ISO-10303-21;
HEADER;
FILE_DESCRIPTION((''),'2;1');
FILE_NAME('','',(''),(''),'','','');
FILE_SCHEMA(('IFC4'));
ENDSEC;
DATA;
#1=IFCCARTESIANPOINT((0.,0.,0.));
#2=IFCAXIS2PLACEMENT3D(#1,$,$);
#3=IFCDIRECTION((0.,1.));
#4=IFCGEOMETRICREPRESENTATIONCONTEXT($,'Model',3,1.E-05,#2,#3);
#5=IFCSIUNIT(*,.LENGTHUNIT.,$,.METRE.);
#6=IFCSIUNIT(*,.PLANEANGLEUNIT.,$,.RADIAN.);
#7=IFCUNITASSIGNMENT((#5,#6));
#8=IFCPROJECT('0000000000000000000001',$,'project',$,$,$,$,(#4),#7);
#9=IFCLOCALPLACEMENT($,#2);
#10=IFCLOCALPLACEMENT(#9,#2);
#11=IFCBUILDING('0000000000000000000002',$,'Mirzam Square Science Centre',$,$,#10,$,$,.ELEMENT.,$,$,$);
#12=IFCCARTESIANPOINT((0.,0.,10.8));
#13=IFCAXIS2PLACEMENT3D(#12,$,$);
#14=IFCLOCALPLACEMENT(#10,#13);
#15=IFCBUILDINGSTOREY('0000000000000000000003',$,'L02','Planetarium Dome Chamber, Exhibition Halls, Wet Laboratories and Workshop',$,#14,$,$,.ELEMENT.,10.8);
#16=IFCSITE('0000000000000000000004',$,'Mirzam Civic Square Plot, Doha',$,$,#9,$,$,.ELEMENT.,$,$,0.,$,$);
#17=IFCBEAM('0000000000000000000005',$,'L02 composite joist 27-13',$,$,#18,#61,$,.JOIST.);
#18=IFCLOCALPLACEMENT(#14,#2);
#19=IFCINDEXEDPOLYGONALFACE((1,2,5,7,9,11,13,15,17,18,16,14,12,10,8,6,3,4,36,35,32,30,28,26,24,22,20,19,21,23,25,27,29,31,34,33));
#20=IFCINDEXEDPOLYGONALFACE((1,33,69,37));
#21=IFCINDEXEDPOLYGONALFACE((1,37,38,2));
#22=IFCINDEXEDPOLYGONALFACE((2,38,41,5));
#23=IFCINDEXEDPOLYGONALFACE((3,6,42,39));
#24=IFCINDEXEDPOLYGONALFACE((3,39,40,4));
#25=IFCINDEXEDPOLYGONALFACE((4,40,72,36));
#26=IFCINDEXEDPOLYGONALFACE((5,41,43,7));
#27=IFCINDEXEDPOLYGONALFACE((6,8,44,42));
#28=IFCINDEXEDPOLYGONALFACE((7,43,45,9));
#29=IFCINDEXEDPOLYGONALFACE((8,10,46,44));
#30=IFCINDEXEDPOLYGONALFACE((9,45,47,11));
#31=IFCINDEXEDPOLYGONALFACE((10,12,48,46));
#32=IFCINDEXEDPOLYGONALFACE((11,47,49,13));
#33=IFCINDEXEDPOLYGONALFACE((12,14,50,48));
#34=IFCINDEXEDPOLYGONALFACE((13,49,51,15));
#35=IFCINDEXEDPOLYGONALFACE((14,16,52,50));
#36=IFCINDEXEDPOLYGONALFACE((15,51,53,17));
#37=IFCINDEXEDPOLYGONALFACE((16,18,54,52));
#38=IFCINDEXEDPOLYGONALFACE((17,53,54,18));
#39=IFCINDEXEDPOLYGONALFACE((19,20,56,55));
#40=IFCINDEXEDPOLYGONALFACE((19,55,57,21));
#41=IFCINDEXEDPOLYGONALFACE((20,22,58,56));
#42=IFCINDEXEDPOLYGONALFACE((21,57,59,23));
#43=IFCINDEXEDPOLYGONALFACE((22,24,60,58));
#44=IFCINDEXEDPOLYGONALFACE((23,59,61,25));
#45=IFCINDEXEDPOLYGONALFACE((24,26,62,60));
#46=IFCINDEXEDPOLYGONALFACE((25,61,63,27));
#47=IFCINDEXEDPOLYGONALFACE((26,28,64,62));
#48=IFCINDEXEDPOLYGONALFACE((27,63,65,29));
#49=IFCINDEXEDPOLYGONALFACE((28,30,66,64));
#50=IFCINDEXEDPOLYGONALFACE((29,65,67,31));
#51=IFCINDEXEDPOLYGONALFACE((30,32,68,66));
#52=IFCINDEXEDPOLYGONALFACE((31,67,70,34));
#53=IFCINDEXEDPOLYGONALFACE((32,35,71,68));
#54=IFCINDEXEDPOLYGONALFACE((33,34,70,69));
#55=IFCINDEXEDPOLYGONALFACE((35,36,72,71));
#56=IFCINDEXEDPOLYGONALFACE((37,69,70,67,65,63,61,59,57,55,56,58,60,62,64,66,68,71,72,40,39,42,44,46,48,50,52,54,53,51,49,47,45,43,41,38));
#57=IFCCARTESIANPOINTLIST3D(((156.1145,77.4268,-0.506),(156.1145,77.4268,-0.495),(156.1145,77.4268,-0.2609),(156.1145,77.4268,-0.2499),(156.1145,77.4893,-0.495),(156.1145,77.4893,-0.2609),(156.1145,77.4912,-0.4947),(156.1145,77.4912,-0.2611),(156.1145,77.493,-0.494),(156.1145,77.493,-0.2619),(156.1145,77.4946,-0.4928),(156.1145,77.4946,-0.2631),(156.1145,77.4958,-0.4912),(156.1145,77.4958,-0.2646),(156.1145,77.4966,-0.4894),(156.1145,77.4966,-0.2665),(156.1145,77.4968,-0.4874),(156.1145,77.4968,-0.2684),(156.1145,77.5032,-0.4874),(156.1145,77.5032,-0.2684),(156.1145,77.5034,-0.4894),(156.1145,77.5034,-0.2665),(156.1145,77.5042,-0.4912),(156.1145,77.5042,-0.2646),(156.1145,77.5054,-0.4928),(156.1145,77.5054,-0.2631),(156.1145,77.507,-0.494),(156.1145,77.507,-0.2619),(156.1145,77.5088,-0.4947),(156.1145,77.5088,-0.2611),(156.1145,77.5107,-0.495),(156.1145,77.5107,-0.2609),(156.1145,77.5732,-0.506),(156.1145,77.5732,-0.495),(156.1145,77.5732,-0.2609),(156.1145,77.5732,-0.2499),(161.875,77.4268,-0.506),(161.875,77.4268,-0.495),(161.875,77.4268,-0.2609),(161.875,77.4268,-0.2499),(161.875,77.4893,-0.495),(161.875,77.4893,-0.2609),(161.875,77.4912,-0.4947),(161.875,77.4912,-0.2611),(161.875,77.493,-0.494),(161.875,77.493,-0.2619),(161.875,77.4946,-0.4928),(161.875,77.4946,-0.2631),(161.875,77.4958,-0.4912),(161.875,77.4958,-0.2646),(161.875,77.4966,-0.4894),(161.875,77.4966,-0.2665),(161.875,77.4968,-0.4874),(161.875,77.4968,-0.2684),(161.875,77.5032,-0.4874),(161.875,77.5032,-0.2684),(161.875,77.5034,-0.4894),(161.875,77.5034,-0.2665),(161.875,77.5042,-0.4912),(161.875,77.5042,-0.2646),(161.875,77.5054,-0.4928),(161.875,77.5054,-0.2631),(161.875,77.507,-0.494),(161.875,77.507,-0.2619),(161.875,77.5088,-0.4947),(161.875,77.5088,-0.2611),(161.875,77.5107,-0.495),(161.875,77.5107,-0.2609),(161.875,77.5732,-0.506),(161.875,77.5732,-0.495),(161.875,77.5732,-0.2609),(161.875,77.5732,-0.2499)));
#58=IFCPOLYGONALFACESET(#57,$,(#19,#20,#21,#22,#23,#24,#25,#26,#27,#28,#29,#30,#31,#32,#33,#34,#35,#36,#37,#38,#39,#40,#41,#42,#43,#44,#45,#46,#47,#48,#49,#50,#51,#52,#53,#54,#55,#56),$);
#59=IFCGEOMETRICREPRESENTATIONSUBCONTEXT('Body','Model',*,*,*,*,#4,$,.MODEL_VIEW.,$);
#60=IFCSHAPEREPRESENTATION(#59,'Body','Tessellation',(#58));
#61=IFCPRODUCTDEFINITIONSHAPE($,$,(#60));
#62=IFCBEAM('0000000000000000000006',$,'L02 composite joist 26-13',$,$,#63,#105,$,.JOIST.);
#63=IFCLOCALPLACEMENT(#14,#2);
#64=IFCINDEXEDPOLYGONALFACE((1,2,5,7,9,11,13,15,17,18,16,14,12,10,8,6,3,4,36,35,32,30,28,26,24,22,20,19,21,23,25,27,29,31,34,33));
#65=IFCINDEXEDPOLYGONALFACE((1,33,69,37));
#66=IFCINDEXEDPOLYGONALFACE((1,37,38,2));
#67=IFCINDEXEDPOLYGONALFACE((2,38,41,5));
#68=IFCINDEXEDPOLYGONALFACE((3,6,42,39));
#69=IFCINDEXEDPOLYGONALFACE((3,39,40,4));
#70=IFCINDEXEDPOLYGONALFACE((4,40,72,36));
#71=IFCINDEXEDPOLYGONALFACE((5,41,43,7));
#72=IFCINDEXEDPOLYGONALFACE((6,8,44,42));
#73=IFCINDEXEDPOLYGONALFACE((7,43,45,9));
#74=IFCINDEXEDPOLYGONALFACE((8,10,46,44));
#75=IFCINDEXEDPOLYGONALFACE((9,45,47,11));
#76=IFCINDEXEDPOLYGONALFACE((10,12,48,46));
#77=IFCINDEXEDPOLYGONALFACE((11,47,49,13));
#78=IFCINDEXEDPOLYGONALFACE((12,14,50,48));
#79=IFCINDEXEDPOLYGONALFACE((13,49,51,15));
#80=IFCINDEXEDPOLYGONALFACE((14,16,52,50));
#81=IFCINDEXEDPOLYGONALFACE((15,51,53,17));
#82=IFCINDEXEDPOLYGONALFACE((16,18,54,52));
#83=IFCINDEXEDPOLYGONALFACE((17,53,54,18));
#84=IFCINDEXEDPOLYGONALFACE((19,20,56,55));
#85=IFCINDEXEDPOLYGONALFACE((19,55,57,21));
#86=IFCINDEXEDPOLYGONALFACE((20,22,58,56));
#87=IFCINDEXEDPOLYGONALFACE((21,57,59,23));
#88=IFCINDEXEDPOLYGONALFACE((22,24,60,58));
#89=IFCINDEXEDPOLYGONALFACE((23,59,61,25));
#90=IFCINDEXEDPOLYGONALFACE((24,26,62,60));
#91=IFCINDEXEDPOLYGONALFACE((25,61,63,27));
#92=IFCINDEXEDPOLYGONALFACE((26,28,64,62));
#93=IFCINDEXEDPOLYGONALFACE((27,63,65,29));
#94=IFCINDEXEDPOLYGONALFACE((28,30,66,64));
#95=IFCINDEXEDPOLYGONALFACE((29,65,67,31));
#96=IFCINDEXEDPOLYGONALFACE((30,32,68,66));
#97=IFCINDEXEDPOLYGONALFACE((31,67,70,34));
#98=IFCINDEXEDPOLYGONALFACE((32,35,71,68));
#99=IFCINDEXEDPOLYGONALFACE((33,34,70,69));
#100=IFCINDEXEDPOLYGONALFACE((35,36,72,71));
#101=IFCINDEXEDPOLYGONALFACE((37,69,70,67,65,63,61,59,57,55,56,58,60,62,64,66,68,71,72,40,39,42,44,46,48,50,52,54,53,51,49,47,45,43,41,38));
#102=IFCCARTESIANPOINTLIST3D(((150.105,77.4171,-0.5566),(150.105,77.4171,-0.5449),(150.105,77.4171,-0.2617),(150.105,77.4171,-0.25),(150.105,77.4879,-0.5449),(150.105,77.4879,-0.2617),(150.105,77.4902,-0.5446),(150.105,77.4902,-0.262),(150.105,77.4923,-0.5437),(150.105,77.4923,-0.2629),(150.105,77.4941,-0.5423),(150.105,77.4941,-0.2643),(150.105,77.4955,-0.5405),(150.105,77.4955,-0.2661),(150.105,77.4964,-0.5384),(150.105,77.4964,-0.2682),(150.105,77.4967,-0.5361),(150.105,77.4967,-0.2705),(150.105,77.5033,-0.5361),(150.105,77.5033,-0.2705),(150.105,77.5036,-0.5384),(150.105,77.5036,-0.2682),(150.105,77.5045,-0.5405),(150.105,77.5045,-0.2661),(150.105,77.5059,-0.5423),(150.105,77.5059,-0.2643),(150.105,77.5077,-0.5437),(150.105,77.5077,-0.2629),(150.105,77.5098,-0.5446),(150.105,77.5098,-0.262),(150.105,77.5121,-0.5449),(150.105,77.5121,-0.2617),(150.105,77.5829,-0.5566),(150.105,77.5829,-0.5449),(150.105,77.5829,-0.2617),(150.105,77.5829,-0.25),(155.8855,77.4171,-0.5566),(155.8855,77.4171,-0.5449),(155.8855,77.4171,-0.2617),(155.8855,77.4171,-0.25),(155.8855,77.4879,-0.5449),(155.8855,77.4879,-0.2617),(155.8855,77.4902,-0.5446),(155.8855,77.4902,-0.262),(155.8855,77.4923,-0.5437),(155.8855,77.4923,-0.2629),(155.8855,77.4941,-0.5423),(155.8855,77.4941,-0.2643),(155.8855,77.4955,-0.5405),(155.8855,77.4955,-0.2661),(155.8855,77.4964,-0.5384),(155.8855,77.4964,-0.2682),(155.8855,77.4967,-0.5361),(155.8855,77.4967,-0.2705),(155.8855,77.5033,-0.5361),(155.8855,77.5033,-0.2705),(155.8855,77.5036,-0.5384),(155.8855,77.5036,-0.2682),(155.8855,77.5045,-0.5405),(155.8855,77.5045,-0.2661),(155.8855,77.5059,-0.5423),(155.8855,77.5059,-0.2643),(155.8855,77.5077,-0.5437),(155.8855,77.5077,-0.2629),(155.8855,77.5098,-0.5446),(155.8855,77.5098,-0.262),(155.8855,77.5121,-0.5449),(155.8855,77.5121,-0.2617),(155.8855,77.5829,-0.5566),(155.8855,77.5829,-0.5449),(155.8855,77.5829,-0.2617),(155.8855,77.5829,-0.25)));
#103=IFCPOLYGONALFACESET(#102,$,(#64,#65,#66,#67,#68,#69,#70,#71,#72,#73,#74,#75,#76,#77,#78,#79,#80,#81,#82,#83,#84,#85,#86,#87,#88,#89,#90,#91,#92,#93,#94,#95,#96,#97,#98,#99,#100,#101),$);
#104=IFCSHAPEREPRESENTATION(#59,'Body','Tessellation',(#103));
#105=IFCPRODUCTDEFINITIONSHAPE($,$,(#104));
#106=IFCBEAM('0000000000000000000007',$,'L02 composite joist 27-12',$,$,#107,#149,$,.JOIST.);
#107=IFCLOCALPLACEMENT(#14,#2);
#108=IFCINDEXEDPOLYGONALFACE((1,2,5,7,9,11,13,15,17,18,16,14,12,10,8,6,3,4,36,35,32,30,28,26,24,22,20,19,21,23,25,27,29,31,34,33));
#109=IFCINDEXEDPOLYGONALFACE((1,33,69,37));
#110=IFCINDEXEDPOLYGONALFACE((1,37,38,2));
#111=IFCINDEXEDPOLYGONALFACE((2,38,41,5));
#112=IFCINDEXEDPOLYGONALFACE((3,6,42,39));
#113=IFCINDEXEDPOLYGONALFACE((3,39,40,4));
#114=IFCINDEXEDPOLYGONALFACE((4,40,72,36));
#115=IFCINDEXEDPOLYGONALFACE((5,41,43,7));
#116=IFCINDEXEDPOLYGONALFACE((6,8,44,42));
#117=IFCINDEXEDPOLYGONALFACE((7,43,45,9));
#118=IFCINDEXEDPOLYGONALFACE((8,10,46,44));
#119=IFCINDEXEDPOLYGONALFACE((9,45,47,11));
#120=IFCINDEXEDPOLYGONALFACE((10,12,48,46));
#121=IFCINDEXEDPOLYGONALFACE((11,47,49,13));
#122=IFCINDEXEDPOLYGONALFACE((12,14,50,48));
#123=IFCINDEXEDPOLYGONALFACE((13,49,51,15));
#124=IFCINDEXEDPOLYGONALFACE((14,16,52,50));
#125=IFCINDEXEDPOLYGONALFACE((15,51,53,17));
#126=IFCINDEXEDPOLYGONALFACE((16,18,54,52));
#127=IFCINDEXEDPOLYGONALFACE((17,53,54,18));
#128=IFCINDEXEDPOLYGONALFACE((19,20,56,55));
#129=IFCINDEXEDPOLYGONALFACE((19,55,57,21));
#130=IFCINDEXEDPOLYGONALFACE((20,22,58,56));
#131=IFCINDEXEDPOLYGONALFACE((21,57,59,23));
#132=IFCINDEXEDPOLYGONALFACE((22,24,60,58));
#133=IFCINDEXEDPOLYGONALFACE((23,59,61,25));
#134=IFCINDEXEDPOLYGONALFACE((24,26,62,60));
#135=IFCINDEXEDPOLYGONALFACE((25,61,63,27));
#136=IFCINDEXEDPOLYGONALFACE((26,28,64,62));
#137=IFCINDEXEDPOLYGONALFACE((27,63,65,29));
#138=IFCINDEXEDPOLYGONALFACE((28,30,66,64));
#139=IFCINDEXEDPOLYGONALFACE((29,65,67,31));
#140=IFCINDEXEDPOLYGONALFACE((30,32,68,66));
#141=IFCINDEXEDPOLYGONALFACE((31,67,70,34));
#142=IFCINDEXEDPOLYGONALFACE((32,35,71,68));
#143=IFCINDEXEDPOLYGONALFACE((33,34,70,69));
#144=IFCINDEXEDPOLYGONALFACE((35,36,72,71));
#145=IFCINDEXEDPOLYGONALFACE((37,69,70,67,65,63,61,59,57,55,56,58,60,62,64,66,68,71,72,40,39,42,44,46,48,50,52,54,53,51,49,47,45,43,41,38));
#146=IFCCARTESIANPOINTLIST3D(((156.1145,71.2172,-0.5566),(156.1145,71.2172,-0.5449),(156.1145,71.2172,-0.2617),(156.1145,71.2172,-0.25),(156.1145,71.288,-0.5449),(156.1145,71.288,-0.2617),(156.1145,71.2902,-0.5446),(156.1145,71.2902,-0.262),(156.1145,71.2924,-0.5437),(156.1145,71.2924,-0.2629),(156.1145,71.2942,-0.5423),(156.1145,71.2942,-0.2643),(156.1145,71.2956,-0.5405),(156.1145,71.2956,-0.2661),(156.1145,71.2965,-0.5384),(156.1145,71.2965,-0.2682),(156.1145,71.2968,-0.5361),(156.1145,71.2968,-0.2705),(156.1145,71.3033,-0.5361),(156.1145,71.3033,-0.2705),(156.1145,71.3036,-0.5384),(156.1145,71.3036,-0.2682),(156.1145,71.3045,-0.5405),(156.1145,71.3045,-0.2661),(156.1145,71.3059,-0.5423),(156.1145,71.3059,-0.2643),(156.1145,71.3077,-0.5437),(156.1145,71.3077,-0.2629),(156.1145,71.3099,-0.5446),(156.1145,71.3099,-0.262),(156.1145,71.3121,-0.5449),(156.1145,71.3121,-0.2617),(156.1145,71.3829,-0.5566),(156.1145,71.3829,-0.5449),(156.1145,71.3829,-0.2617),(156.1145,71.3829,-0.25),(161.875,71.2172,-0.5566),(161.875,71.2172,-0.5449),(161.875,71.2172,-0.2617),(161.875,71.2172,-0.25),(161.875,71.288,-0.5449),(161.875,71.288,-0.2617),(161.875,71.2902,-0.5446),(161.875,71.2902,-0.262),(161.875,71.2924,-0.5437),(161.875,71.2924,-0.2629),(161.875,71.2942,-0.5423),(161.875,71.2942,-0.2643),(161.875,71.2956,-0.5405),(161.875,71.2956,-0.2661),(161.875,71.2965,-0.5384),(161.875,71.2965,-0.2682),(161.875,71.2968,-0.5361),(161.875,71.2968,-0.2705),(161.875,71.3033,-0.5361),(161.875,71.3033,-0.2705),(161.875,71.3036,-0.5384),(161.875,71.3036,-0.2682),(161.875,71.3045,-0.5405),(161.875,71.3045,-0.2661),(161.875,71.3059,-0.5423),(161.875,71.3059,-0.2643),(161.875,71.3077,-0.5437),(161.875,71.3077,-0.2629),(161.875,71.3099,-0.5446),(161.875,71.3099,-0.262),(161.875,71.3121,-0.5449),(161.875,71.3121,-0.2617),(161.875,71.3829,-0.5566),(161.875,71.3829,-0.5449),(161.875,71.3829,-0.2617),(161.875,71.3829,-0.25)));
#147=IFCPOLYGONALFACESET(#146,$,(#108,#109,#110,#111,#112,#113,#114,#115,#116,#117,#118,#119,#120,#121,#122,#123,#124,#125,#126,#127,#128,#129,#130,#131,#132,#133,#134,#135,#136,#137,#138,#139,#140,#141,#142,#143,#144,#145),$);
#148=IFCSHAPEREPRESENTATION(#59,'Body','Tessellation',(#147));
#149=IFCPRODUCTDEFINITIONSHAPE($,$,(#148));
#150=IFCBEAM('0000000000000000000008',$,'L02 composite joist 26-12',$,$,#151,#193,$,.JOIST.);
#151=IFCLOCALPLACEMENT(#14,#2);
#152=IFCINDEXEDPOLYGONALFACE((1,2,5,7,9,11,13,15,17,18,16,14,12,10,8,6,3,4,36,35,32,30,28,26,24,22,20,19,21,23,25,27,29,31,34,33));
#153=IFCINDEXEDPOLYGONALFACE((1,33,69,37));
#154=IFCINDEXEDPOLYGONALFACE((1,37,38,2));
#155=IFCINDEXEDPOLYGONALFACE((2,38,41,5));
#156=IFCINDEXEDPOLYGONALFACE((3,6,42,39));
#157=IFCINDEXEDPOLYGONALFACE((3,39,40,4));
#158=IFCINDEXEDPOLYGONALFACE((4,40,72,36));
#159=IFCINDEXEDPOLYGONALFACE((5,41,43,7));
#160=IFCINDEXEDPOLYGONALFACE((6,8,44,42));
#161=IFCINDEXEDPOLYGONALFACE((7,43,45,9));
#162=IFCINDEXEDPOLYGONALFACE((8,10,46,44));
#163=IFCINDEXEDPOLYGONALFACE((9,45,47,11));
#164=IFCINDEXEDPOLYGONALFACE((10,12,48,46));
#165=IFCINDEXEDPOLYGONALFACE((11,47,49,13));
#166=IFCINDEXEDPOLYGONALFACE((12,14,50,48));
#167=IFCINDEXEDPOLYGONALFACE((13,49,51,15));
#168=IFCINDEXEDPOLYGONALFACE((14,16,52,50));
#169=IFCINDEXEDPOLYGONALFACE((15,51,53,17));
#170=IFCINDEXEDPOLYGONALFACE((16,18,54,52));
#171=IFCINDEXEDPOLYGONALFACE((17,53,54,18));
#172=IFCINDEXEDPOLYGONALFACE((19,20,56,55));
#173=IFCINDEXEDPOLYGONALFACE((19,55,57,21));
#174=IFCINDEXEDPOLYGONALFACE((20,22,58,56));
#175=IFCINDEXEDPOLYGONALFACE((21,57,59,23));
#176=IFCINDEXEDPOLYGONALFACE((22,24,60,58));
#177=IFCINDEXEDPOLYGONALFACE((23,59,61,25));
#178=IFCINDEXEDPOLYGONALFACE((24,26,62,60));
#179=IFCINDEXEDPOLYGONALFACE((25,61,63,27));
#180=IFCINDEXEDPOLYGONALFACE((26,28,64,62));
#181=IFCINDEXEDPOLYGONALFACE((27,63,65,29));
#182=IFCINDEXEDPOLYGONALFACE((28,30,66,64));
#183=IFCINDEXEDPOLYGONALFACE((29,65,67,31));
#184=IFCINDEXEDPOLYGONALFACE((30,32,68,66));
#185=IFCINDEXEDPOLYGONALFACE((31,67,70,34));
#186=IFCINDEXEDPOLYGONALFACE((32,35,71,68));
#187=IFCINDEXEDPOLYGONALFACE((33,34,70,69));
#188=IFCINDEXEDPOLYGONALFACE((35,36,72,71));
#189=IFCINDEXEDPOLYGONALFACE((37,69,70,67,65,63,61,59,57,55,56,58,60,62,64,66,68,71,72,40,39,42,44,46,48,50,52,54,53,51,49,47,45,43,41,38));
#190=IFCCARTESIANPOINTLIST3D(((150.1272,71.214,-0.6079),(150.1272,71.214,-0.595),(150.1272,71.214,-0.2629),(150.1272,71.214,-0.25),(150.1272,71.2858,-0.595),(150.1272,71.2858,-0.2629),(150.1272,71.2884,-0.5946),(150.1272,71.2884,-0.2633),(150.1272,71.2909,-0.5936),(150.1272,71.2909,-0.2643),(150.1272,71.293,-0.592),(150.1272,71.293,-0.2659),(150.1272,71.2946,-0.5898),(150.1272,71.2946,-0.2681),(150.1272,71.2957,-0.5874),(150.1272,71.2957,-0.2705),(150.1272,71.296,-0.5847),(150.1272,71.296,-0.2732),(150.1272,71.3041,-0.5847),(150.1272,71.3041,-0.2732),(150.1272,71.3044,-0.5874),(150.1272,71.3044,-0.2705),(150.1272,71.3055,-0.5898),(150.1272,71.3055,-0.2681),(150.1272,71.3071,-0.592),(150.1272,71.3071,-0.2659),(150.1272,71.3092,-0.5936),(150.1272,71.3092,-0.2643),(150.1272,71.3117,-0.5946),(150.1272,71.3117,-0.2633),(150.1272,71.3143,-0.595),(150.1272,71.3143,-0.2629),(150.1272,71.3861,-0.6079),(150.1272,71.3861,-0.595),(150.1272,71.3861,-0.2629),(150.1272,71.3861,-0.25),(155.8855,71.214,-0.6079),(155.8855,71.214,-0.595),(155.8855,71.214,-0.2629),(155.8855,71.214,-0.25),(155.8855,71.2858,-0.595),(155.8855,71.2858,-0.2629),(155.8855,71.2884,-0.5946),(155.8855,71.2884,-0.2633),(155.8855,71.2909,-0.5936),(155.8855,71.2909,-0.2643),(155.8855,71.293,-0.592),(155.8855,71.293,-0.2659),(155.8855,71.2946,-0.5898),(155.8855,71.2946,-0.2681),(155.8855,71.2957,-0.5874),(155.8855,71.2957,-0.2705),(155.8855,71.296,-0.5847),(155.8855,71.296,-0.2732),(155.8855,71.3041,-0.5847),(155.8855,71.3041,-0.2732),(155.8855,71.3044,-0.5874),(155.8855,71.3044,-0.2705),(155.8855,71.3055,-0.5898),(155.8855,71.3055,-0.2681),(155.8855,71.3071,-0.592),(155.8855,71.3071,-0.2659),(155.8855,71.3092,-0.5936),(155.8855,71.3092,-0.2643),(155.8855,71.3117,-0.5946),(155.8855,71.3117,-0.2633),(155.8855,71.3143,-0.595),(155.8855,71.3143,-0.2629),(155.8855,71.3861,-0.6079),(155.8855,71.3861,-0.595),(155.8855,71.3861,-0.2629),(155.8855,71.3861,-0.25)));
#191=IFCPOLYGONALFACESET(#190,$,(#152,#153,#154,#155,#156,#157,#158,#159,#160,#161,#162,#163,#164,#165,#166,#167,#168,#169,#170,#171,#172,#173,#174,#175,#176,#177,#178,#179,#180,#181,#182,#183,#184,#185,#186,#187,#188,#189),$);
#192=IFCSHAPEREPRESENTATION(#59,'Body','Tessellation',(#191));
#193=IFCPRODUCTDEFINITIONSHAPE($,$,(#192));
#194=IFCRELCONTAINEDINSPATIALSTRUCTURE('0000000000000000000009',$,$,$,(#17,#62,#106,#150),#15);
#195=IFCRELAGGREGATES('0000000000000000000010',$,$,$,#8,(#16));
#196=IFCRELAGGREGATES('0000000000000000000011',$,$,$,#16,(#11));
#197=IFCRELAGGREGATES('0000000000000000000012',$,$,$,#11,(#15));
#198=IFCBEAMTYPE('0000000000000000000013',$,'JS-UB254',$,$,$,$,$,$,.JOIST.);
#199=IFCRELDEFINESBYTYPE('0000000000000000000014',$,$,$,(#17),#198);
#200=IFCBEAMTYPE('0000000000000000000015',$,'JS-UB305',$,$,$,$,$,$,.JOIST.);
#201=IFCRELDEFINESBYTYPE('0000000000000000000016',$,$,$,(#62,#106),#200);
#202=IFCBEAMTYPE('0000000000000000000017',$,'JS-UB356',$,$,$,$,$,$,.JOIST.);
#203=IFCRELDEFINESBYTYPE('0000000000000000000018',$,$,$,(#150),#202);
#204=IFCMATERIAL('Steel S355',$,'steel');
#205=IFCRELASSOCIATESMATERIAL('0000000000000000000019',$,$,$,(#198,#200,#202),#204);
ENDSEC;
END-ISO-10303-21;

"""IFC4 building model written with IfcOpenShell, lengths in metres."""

from ifc_helpers import new_model, si_unit, direction, frame, origin, origin_2d, place, context, subcontext, project, spatial, i_section, extrude, material, material_profile, profile_set, type_object, element, save


model = new_model("IFC4")

# Units and contexts
model_context = context("Model", 3, precision=1e-05, world=origin(), true_north=direction((0.0, 1.0)))
body_context = subcontext(model_context, "Body", "Model", "MODEL_VIEW")
ifc_project = project(units=[si_unit("LENGTHUNIT", "METRE"), si_unit("PLANEANGLEUNIT", "RADIAN")], contexts=[model_context])

# Site, building, storey
site_placement = place(None, origin())
site = spatial("IfcSite", under=ifc_project, at=site_placement, Name="Mirzam Civic Square Plot, Doha", CompositionType="ELEMENT", RefElevation=0.0)
building_placement = place(site_placement, origin())
building = spatial("IfcBuilding", under=site, at=building_placement, Name="Mirzam Square Science Centre", CompositionType="ELEMENT")
storey_placement = place(building_placement, frame((0.0, 0.0, 10.8)))
storey = spatial("IfcBuildingStorey", under=building, at=storey_placement, Name="L02", Description="Planetarium Dome Chamber, Exhibition Halls, Wet Laboratories and Workshop", CompositionType="ELEMENT", Elevation=10.8)

# Shared definitions
ifc_material_1 = material(Name="Steel S355", Category="steel")

# Beams
ifc_material_profile_1 = material_profile(ifc_material_1, i_section(OverallWidth=0.1465, OverallDepth=0.2561, WebThickness=0.0063, FlangeThickness=0.011, FilletRadius=0.0076, at=origin_2d()), Name="254x146x37UB")
ifc_profile_set_1 = profile_set([ifc_material_profile_1], Name="Steel S355")
beam_type_1 = type_object("IfcBeamType", Name="JS-UB254", PredefinedType="JOIST", material=ifc_profile_set_1)
beam_1_placement = place(storey_placement, frame((156.1145, 77.5, -0.3779), z_axis=(1.0, 0.0, 0.0), x_axis=(0.0, 1.0, 0.0)))
element("IfcBeam", 1, at=beam_1_placement, inside=storey, type_object=beam_type_1, Name="L02 composite joist 27-13", PredefinedType="JOIST", context=body_context, shape_type="SweptSolid", body=[
    extrude(i_section(OverallWidth=0.1465, OverallDepth=0.2561, WebThickness=0.0063, FlangeThickness=0.011, FilletRadius=0.0076, at=origin_2d()), origin(), (0.0, 0.0, 1.0), 5.7605),
])
ifc_material_profile_2 = material_profile(ifc_material_1, i_section(OverallWidth=0.1658, OverallDepth=0.3066, WebThickness=0.0066, FlangeThickness=0.0117, FilletRadius=0.0088, at=origin_2d()), Name="305x165x46UB")
ifc_profile_set_2 = profile_set([ifc_material_profile_2], Name="Steel S355")
beam_type_2 = type_object("IfcBeamType", Name="JS-UB305", PredefinedType="JOIST", material=ifc_profile_set_2)
beam_2_placement = place(storey_placement, frame((150.105, 77.5, -0.4033), z_axis=(1.0, 0.0, 0.0), x_axis=(0.0, 1.0, 0.0)))
element("IfcBeam", 2, at=beam_2_placement, inside=storey, type_object=beam_type_2, Name="L02 composite joist 26-13", PredefinedType="JOIST", context=body_context, shape_type="SweptSolid", body=[
    extrude(i_section(OverallWidth=0.1658, OverallDepth=0.3066, WebThickness=0.0066, FlangeThickness=0.0117, FilletRadius=0.0088, at=origin_2d()), origin(), (0.0, 0.0, 1.0), 5.7805),
])
beam_3_placement = place(storey_placement, frame((156.1145, 71.3, -0.4033), z_axis=(1.0, 0.0, 0.0), x_axis=(0.0, 1.0, 0.0)))
element("IfcBeam", 3, at=beam_3_placement, inside=storey, type_object=beam_type_2, Name="L02 composite joist 27-12", PredefinedType="JOIST", context=body_context, shape_type="SweptSolid", body=[
    extrude(i_section(OverallWidth=0.1658, OverallDepth=0.3066, WebThickness=0.0066, FlangeThickness=0.0117, FilletRadius=0.0088, at=origin_2d()), origin(), (0.0, 0.0, 1.0), 5.7605),
])
ifc_material_profile_3 = material_profile(ifc_material_1, i_section(OverallWidth=0.1721, OverallDepth=0.3579, WebThickness=0.0081, FlangeThickness=0.0129, FilletRadius=0.0103, at=origin_2d()), Name="356x171x57UB")
ifc_profile_set_3 = profile_set([ifc_material_profile_3], Name="Steel S355")
beam_type_3 = type_object("IfcBeamType", Name="JS-UB356", PredefinedType="JOIST", material=ifc_profile_set_3)
beam_4_placement = place(storey_placement, frame((150.1272, 71.3, -0.429), z_axis=(1.0, 0.0, 0.0), x_axis=(0.0, 1.0, 0.0)))
element("IfcBeam", 4, at=beam_4_placement, inside=storey, type_object=beam_type_3, Name="L02 composite joist 26-12", PredefinedType="JOIST", context=body_context, shape_type="SweptSolid", body=[
    extrude(i_section(OverallWidth=0.1721, OverallDepth=0.3579, WebThickness=0.0081, FlangeThickness=0.0129, FilletRadius=0.0103, at=origin_2d()), origin(), (0.0, 0.0, 1.0), 5.7583),
])

save(model, "model.ifc")
